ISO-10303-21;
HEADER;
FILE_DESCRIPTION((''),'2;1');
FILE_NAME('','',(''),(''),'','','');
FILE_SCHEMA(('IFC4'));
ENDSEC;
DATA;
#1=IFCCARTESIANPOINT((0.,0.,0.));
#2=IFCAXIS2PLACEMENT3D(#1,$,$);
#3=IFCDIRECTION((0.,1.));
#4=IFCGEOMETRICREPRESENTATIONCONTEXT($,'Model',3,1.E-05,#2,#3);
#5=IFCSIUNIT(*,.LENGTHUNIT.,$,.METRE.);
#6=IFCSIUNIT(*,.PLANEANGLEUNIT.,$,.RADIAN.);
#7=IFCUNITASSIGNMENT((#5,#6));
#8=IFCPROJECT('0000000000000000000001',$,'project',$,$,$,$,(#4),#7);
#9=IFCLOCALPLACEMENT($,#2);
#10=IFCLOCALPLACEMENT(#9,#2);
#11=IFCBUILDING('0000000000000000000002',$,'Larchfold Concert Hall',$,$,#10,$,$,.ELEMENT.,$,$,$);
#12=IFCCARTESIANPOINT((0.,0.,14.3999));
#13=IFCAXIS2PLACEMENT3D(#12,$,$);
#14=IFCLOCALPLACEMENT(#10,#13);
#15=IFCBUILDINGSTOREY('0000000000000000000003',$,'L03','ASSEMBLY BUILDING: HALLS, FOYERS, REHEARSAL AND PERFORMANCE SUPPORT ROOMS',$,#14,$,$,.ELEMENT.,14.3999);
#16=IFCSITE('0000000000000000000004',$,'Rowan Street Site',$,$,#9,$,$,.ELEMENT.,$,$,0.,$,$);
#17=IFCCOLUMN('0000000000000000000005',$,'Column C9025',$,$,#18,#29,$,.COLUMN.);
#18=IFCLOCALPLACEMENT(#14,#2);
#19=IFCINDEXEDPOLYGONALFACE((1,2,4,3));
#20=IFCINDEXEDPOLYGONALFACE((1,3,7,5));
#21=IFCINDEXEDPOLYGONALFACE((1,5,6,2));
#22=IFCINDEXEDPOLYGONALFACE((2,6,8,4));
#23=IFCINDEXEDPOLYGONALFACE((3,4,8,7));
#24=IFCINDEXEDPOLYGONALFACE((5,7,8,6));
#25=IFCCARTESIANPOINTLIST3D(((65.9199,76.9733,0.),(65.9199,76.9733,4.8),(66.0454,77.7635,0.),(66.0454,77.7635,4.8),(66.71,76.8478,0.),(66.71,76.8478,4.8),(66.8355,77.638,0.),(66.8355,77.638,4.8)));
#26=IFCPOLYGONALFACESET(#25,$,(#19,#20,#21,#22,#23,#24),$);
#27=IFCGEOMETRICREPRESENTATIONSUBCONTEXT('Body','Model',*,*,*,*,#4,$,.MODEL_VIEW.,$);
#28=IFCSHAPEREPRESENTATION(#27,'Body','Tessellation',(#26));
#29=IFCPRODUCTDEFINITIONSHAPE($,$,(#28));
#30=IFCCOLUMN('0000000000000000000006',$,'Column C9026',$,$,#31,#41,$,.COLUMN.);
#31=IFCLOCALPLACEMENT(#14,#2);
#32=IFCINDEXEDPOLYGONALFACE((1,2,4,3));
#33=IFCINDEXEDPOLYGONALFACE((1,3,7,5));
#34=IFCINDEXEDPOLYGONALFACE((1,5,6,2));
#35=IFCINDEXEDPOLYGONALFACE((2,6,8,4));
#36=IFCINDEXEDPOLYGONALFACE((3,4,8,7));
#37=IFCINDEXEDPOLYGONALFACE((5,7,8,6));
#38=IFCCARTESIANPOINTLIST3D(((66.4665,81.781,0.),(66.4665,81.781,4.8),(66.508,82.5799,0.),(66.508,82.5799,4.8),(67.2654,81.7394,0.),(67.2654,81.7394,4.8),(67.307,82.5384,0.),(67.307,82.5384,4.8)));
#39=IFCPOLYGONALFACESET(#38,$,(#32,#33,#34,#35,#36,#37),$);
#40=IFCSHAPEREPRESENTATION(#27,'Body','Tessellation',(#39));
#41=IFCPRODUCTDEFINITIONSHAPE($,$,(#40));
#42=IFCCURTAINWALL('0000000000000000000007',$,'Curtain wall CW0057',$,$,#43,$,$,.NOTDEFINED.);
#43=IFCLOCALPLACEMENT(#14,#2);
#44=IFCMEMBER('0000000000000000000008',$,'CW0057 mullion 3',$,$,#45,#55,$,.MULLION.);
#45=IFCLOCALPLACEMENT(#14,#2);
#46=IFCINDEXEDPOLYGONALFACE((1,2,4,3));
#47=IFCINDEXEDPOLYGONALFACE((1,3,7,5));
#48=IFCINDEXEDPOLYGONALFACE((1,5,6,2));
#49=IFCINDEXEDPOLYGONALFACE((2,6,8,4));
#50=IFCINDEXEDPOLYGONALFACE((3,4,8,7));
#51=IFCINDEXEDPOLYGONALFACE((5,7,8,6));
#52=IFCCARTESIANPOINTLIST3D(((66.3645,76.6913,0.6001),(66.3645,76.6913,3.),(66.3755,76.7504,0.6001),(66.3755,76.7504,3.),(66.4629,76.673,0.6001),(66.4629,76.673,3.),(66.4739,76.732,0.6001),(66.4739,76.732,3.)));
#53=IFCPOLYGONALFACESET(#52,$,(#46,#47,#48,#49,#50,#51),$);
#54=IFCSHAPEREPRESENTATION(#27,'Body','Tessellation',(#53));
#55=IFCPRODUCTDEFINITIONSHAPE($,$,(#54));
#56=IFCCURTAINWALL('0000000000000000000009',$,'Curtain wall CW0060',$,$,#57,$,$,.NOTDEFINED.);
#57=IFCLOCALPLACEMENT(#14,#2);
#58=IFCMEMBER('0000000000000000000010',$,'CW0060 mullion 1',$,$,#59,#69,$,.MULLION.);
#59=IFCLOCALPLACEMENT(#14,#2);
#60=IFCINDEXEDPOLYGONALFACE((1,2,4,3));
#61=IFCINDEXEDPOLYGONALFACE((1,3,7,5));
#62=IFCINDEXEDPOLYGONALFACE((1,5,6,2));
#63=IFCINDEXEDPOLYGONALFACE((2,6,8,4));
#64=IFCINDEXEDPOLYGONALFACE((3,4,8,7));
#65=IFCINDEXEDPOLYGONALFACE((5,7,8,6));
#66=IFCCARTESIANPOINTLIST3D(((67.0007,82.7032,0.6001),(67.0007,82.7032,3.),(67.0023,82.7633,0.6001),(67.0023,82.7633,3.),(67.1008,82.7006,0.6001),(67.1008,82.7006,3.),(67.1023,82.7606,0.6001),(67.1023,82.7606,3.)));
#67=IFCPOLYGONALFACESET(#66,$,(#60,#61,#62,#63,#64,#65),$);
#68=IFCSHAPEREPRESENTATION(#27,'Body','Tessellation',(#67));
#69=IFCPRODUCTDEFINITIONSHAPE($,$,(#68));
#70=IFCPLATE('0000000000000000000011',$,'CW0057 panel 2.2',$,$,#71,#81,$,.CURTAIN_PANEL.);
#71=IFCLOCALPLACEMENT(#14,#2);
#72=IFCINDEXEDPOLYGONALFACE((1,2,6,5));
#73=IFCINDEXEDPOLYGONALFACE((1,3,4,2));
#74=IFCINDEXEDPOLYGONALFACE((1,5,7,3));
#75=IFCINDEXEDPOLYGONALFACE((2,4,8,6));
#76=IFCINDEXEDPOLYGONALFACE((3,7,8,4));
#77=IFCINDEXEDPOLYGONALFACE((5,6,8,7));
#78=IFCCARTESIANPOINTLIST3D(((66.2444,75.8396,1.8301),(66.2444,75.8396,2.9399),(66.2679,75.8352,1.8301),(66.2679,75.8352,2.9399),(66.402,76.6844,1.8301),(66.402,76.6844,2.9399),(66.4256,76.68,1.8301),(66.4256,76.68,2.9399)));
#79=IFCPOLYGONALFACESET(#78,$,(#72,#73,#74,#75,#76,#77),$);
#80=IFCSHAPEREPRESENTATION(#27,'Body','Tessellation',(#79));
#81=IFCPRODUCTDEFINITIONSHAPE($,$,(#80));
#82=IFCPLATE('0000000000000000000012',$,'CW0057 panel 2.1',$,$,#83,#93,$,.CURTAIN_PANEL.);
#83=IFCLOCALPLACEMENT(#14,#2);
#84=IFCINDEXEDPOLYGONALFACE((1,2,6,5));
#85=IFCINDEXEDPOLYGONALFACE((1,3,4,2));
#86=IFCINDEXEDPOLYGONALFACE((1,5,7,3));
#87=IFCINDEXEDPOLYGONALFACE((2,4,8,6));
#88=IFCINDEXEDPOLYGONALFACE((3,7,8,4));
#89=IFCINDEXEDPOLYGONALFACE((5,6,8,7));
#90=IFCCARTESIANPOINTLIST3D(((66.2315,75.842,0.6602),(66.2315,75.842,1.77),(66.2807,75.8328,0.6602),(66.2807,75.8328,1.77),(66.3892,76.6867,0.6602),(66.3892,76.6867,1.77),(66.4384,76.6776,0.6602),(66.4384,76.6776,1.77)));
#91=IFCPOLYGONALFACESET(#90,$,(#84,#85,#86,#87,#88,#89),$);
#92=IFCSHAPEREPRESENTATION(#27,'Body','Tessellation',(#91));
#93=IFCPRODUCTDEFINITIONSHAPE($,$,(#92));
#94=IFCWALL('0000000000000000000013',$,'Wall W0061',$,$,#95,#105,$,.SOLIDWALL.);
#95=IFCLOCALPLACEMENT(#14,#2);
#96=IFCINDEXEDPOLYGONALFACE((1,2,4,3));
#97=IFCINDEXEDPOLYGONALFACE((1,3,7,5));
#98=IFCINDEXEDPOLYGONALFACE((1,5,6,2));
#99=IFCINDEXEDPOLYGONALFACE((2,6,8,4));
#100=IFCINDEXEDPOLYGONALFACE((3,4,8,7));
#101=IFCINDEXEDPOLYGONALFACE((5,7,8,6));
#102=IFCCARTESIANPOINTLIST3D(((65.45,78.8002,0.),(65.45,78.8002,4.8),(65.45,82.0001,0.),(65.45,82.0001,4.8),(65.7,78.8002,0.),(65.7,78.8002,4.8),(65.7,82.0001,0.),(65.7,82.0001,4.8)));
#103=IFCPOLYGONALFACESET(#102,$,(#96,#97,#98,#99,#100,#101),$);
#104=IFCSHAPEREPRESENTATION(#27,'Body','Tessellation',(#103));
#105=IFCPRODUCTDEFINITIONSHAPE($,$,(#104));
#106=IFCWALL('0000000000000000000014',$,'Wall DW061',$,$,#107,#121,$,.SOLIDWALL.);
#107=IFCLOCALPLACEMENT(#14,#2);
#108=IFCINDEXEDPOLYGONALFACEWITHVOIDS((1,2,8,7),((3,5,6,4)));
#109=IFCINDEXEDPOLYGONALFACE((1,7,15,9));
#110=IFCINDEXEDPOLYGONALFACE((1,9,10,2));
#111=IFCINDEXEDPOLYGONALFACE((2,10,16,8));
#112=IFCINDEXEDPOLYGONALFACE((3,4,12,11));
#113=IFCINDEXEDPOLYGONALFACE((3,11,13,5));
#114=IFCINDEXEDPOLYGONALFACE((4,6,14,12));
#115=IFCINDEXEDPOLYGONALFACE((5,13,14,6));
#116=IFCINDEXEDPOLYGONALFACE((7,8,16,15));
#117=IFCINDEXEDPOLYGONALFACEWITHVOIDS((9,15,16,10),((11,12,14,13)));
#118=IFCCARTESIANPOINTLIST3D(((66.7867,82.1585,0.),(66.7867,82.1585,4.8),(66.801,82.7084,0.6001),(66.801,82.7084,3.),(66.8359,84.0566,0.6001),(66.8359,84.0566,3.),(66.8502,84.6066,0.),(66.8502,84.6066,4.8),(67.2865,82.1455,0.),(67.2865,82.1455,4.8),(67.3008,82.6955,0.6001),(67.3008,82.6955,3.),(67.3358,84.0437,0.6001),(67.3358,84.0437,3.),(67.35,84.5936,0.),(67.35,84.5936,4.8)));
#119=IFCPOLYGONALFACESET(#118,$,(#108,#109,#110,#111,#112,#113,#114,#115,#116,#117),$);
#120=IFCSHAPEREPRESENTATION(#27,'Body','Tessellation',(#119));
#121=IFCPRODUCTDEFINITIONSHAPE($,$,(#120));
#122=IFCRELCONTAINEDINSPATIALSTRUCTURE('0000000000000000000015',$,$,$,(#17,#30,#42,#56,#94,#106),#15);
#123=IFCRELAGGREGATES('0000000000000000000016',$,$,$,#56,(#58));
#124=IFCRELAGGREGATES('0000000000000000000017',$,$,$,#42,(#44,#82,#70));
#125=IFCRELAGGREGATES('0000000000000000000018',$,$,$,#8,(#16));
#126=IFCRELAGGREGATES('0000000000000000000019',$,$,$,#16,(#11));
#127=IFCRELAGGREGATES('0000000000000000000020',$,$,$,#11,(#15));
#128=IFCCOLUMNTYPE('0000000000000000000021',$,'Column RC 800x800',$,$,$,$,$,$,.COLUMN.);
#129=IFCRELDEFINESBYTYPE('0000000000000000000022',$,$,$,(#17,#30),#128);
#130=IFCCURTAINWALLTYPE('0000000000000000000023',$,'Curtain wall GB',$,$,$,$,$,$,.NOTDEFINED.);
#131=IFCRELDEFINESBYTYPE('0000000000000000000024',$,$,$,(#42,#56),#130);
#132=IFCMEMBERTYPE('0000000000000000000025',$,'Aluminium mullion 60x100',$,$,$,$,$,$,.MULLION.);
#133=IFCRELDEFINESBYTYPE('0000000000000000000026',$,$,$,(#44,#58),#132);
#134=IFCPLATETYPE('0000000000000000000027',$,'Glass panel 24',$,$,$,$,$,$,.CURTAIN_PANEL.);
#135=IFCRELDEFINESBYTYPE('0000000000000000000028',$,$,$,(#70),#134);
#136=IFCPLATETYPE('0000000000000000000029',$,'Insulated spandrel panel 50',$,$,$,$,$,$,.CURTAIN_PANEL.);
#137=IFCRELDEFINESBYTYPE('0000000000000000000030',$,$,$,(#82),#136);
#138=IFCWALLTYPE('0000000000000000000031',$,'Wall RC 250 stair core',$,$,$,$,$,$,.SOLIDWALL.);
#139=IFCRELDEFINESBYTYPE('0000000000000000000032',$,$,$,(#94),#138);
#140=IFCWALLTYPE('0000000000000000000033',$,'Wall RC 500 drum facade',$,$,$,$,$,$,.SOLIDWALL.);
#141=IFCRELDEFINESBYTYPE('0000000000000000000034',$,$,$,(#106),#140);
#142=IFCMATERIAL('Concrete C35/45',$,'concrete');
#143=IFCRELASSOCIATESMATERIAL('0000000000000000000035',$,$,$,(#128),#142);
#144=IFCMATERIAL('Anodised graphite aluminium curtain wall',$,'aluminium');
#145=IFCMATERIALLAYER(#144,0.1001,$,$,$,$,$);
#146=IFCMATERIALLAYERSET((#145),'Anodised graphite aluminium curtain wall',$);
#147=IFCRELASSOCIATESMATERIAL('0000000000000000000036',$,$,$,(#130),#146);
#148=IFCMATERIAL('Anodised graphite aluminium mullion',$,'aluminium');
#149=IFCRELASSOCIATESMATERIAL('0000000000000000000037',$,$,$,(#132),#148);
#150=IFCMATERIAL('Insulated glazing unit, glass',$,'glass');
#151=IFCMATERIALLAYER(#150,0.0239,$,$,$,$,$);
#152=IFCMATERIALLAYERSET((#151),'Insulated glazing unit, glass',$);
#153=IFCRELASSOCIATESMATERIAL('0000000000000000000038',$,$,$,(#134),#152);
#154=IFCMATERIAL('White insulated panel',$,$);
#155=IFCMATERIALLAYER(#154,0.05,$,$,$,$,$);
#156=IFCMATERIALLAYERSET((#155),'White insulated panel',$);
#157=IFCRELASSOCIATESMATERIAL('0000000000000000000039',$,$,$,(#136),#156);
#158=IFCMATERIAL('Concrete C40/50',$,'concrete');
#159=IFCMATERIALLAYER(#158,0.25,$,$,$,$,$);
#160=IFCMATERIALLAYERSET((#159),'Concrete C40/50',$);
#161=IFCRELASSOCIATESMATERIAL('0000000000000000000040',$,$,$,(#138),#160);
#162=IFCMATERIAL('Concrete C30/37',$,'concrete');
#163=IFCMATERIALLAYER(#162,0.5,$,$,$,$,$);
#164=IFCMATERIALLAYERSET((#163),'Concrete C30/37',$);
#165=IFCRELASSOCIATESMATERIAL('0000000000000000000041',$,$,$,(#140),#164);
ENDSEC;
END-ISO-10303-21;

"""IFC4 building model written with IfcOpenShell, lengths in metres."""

from ifc_helpers import new_model, si_unit, direction, frame, frame_2d, origin, origin_2d, place, context, subcontext, project, spatial, rectangle, extrude, material, layer, layer_set, material_profile, profile_set, type_object, element, fill, aggregate, save


model = new_model("IFC4")

# Units and contexts
model_context = context("Model", 3, precision=1e-05, world=origin(), true_north=direction((0.0, 1.0)))
body_context = subcontext(model_context, "Body", "Model", "MODEL_VIEW")
ifc_project = project(units=[si_unit("LENGTHUNIT", "METRE"), si_unit("PLANEANGLEUNIT", "RADIAN")], contexts=[model_context])

# Site, building, storey
site_placement = place(None, origin())
site = spatial("IfcSite", under=ifc_project, at=site_placement, Name="Rowan Street Site", CompositionType="ELEMENT", RefElevation=0.0)
building_placement = place(site_placement, origin())
building = spatial("IfcBuilding", under=site, at=building_placement, Name="Larchfold Concert Hall", CompositionType="ELEMENT")
storey_placement = place(building_placement, frame((0.0, 0.0, 14.3999)))
storey = spatial("IfcBuildingStorey", under=building, at=storey_placement, Name="L03", Description="ASSEMBLY BUILDING: HALLS, FOYERS, REHEARSAL AND PERFORMANCE SUPPORT ROOMS", CompositionType="ELEMENT", Elevation=14.3999)

# Columns
ifc_material_1 = material(Name="Concrete C35/45", Category="concrete")
ifc_material_profile_1 = material_profile(ifc_material_1, rectangle(XDim=0.8, YDim=0.8, at=origin_2d()))
ifc_profile_set_1 = profile_set([ifc_material_profile_1], Name="Concrete C35/45")
column_type = type_object("IfcColumnType", Name="Column RC 800x800", PredefinedType="COLUMN", material=ifc_profile_set_1)
for number, where, z_axis, x_axis, name in (
    (1, (66.3777, 77.3057, 0.0), (0.0, 0.0, 1.0), (0.156847, 0.987623, 0.0), "Column C9025"),
    (2, (66.8867, 82.1597, 0.0), (0.0, 0.0, 1.0), (0.05195, 0.99865, 0.0), "Column C9026"),
):
    element("IfcColumn", number, at=place(storey_placement, frame(where, z_axis=z_axis, x_axis=x_axis)), inside=storey, type_object=column_type, Name=name, PredefinedType="COLUMN", context=body_context, shape_type="SweptSolid", body=[
        extrude(rectangle(XDim=0.8, YDim=0.8, at=origin_2d()), origin(), (0.0, 0.0, 1.0), 4.8),
    ])

# Curtain wall, member
ifc_material_2 = material(Name="Anodised graphite aluminium curtain wall", Category="aluminium")
ifc_layer_1 = layer(ifc_material_2, 0.1001)
ifc_layer_set_1 = layer_set([ifc_layer_1], Name="Anodised graphite aluminium curtain wall")
curtain_wall_type = type_object("IfcCurtainWallType", Name="Curtain wall GB", PredefinedType="NOTDEFINED", material=ifc_layer_set_1)
curtain_wall_1_placement = place(storey_placement, origin())
curtain_wall_1 = element("IfcCurtainWall", 3, at=curtain_wall_1_placement, inside=storey, type_object=curtain_wall_type, Name="Curtain wall CW0057", PredefinedType="NOTDEFINED")
ifc_material_3 = material(Name="Anodised graphite aluminium mullion", Category="aluminium")
ifc_material_profile_2 = material_profile(ifc_material_3, rectangle(XDim=0.1001, YDim=0.0601, at=origin_2d()))
ifc_profile_set_2 = profile_set([ifc_material_profile_2], Name="Anodised graphite aluminium mullion")
member_type_1 = type_object("IfcMemberType", Name="Aluminium mullion 60x100", PredefinedType="MULLION", material=ifc_profile_set_2)
member_1_placement = place(storey_placement, frame((66.4192, 76.7117, 0.6001), z_axis=(0.0, 0.0, 1.0), x_axis=(-0.983022, 0.183489, 0.0)))
member_1 = element("IfcMember", 4, at=member_1_placement, type_object=member_type_1, Name="CW0057 mullion 3", PredefinedType="MULLION", context=body_context, shape_type="SweptSolid", body=[
    extrude(rectangle(XDim=0.1001, YDim=0.0601, at=origin_2d()), origin(), (0.0, 0.0, 1.0), 2.3999),
])

# Curtain wall, member
curtain_wall_2_placement = place(storey_placement, origin())
curtain_wall_2 = element("IfcCurtainWall", 5, at=curtain_wall_2_placement, inside=storey, type_object=curtain_wall_type, Name="Curtain wall CW0060", PredefinedType="NOTDEFINED")
member_2_placement = place(storey_placement, frame((67.0515, 82.7319, 0.6001), z_axis=(0.0, 0.0, 1.0), x_axis=(-0.99966, 0.026069, 0.0)))
member_2 = element("IfcMember", 6, at=member_2_placement, type_object=member_type_1, Name="CW0060 mullion 1", PredefinedType="MULLION", context=body_context, shape_type="SweptSolid", body=[
    extrude(rectangle(XDim=0.1001, YDim=0.0601, at=origin_2d()), origin(), (0.0, 0.0, 1.0), 2.3999),
])
aggregate(curtain_wall_2, [member_2])

# Plates
ifc_material_4 = material(Name="Insulated glazing unit, glass", Category="glass")
ifc_layer_2 = layer(ifc_material_4, 0.0239)
ifc_layer_set_2 = layer_set([ifc_layer_2], Name="Insulated glazing unit, glass")
plate_type_1 = type_object("IfcPlateType", Name="Glass panel 24", PredefinedType="CURTAIN_PANEL", material=ifc_layer_set_2)
plate_1_placement = place(storey_placement, frame((66.335, 76.2598, 1.8301), z_axis=(0.0, 0.0, 1.0), x_axis=(0.183489, 0.983022, 0.0)))
plate_1 = element("IfcPlate", 7, at=plate_1_placement, type_object=plate_type_1, Name="CW0057 panel 2.2", PredefinedType="CURTAIN_PANEL", context=body_context, shape_type="SweptSolid", body=[
    extrude(rectangle(XDim=0.8594, YDim=0.0239, at=origin_2d()), origin(), (0.0, 0.0, 1.0), 1.1099),
])
ifc_material_5 = material(Name="White insulated panel")
ifc_layer_3 = layer(ifc_material_5, 0.05)
ifc_layer_set_3 = layer_set([ifc_layer_3], Name="White insulated panel")
plate_type_2 = type_object("IfcPlateType", Name="Insulated spandrel panel 50", PredefinedType="CURTAIN_PANEL", material=ifc_layer_set_3)
plate_2_placement = place(storey_placement, frame((66.335, 76.2598, 0.6602), z_axis=(0.0, 0.0, 1.0), x_axis=(0.183489, 0.983022, 0.0)))
plate_2 = element("IfcPlate", 8, at=plate_2_placement, type_object=plate_type_2, Name="CW0057 panel 2.1", PredefinedType="CURTAIN_PANEL", context=body_context, shape_type="SweptSolid", body=[
    extrude(rectangle(XDim=0.8594, YDim=0.05, at=origin_2d()), origin(), (0.0, 0.0, 1.0), 1.1099),
])
aggregate(curtain_wall_1, [member_1, plate_2, plate_1])

# Wall
ifc_material_6 = material(Name="Concrete C40/50", Category="concrete")
ifc_layer_4 = layer(ifc_material_6, 0.25)
ifc_layer_set_4 = layer_set([ifc_layer_4], Name="Concrete C40/50")
wall_type_1 = type_object("IfcWallType", Name="Wall RC 250 stair core", PredefinedType="SOLIDWALL", material=ifc_layer_set_4)
wall_1_placement = place(storey_placement, frame((65.575, 78.8, 0.0), z_axis=(0.0, 0.0, 1.0), x_axis=(0.0, 1.0, 0.0)))
element("IfcWall", 9, at=wall_1_placement, inside=storey, type_object=wall_type_1, Name="Wall W0061", PredefinedType="SOLIDWALL", context=body_context, shape_type="SweptSolid", body=[
    extrude(rectangle(XDim=3.2, YDim=0.25, at=frame_2d((1.6001, 0.0))), origin(), (0.0, 0.0, 1.0), 4.8),
])

# Wall, opening
ifc_material_7 = material(Name="Concrete C30/37", Category="concrete")
ifc_layer_5 = layer(ifc_material_7, 0.5)
ifc_layer_set_5 = layer_set([ifc_layer_5], Name="Concrete C30/37")
wall_type_2 = type_object("IfcWallType", Name="Wall RC 500 drum facade", PredefinedType="SOLIDWALL", material=ifc_layer_set_5)
wall_2_placement = place(storey_placement, frame((67.0366, 82.1519, 0.0), z_axis=(0.0, 0.0, 1.0), x_axis=(0.025919, 0.999664, 0.0)))
wall_2 = element("IfcWall", 10, at=wall_2_placement, inside=storey, type_object=wall_type_2, Name="Wall DW061", PredefinedType="SOLIDWALL", context=body_context, shape_type="SweptSolid", body=[
    extrude(rectangle(XDim=2.449, YDim=0.5, at=frame_2d((1.2246, 0.0))), origin(), (0.0, 0.0, 1.0), 4.8),
])
opening_1_placement = place(wall_2_placement, frame((0.5503, 0.0, 0.6001)))
opening_1 = element("IfcOpeningElement", 11, at=opening_1_placement, cuts=wall_2, PredefinedType="OPENING", context=body_context, shape_type="SweptSolid", body=[
    extrude(rectangle(XDim=1.3486, YDim=2.3999, at=frame_2d((0.6743, 1.2))), frame((0.0, 0.26, 0.0), z_axis=(0.0, -1.0, 0.0), x_axis=(1.0, 0.0, 0.0)), (0.0, 0.0, 1.0), 0.52),
])
fill(opening_1, curtain_wall_2)

save(model, "model.ifc")
